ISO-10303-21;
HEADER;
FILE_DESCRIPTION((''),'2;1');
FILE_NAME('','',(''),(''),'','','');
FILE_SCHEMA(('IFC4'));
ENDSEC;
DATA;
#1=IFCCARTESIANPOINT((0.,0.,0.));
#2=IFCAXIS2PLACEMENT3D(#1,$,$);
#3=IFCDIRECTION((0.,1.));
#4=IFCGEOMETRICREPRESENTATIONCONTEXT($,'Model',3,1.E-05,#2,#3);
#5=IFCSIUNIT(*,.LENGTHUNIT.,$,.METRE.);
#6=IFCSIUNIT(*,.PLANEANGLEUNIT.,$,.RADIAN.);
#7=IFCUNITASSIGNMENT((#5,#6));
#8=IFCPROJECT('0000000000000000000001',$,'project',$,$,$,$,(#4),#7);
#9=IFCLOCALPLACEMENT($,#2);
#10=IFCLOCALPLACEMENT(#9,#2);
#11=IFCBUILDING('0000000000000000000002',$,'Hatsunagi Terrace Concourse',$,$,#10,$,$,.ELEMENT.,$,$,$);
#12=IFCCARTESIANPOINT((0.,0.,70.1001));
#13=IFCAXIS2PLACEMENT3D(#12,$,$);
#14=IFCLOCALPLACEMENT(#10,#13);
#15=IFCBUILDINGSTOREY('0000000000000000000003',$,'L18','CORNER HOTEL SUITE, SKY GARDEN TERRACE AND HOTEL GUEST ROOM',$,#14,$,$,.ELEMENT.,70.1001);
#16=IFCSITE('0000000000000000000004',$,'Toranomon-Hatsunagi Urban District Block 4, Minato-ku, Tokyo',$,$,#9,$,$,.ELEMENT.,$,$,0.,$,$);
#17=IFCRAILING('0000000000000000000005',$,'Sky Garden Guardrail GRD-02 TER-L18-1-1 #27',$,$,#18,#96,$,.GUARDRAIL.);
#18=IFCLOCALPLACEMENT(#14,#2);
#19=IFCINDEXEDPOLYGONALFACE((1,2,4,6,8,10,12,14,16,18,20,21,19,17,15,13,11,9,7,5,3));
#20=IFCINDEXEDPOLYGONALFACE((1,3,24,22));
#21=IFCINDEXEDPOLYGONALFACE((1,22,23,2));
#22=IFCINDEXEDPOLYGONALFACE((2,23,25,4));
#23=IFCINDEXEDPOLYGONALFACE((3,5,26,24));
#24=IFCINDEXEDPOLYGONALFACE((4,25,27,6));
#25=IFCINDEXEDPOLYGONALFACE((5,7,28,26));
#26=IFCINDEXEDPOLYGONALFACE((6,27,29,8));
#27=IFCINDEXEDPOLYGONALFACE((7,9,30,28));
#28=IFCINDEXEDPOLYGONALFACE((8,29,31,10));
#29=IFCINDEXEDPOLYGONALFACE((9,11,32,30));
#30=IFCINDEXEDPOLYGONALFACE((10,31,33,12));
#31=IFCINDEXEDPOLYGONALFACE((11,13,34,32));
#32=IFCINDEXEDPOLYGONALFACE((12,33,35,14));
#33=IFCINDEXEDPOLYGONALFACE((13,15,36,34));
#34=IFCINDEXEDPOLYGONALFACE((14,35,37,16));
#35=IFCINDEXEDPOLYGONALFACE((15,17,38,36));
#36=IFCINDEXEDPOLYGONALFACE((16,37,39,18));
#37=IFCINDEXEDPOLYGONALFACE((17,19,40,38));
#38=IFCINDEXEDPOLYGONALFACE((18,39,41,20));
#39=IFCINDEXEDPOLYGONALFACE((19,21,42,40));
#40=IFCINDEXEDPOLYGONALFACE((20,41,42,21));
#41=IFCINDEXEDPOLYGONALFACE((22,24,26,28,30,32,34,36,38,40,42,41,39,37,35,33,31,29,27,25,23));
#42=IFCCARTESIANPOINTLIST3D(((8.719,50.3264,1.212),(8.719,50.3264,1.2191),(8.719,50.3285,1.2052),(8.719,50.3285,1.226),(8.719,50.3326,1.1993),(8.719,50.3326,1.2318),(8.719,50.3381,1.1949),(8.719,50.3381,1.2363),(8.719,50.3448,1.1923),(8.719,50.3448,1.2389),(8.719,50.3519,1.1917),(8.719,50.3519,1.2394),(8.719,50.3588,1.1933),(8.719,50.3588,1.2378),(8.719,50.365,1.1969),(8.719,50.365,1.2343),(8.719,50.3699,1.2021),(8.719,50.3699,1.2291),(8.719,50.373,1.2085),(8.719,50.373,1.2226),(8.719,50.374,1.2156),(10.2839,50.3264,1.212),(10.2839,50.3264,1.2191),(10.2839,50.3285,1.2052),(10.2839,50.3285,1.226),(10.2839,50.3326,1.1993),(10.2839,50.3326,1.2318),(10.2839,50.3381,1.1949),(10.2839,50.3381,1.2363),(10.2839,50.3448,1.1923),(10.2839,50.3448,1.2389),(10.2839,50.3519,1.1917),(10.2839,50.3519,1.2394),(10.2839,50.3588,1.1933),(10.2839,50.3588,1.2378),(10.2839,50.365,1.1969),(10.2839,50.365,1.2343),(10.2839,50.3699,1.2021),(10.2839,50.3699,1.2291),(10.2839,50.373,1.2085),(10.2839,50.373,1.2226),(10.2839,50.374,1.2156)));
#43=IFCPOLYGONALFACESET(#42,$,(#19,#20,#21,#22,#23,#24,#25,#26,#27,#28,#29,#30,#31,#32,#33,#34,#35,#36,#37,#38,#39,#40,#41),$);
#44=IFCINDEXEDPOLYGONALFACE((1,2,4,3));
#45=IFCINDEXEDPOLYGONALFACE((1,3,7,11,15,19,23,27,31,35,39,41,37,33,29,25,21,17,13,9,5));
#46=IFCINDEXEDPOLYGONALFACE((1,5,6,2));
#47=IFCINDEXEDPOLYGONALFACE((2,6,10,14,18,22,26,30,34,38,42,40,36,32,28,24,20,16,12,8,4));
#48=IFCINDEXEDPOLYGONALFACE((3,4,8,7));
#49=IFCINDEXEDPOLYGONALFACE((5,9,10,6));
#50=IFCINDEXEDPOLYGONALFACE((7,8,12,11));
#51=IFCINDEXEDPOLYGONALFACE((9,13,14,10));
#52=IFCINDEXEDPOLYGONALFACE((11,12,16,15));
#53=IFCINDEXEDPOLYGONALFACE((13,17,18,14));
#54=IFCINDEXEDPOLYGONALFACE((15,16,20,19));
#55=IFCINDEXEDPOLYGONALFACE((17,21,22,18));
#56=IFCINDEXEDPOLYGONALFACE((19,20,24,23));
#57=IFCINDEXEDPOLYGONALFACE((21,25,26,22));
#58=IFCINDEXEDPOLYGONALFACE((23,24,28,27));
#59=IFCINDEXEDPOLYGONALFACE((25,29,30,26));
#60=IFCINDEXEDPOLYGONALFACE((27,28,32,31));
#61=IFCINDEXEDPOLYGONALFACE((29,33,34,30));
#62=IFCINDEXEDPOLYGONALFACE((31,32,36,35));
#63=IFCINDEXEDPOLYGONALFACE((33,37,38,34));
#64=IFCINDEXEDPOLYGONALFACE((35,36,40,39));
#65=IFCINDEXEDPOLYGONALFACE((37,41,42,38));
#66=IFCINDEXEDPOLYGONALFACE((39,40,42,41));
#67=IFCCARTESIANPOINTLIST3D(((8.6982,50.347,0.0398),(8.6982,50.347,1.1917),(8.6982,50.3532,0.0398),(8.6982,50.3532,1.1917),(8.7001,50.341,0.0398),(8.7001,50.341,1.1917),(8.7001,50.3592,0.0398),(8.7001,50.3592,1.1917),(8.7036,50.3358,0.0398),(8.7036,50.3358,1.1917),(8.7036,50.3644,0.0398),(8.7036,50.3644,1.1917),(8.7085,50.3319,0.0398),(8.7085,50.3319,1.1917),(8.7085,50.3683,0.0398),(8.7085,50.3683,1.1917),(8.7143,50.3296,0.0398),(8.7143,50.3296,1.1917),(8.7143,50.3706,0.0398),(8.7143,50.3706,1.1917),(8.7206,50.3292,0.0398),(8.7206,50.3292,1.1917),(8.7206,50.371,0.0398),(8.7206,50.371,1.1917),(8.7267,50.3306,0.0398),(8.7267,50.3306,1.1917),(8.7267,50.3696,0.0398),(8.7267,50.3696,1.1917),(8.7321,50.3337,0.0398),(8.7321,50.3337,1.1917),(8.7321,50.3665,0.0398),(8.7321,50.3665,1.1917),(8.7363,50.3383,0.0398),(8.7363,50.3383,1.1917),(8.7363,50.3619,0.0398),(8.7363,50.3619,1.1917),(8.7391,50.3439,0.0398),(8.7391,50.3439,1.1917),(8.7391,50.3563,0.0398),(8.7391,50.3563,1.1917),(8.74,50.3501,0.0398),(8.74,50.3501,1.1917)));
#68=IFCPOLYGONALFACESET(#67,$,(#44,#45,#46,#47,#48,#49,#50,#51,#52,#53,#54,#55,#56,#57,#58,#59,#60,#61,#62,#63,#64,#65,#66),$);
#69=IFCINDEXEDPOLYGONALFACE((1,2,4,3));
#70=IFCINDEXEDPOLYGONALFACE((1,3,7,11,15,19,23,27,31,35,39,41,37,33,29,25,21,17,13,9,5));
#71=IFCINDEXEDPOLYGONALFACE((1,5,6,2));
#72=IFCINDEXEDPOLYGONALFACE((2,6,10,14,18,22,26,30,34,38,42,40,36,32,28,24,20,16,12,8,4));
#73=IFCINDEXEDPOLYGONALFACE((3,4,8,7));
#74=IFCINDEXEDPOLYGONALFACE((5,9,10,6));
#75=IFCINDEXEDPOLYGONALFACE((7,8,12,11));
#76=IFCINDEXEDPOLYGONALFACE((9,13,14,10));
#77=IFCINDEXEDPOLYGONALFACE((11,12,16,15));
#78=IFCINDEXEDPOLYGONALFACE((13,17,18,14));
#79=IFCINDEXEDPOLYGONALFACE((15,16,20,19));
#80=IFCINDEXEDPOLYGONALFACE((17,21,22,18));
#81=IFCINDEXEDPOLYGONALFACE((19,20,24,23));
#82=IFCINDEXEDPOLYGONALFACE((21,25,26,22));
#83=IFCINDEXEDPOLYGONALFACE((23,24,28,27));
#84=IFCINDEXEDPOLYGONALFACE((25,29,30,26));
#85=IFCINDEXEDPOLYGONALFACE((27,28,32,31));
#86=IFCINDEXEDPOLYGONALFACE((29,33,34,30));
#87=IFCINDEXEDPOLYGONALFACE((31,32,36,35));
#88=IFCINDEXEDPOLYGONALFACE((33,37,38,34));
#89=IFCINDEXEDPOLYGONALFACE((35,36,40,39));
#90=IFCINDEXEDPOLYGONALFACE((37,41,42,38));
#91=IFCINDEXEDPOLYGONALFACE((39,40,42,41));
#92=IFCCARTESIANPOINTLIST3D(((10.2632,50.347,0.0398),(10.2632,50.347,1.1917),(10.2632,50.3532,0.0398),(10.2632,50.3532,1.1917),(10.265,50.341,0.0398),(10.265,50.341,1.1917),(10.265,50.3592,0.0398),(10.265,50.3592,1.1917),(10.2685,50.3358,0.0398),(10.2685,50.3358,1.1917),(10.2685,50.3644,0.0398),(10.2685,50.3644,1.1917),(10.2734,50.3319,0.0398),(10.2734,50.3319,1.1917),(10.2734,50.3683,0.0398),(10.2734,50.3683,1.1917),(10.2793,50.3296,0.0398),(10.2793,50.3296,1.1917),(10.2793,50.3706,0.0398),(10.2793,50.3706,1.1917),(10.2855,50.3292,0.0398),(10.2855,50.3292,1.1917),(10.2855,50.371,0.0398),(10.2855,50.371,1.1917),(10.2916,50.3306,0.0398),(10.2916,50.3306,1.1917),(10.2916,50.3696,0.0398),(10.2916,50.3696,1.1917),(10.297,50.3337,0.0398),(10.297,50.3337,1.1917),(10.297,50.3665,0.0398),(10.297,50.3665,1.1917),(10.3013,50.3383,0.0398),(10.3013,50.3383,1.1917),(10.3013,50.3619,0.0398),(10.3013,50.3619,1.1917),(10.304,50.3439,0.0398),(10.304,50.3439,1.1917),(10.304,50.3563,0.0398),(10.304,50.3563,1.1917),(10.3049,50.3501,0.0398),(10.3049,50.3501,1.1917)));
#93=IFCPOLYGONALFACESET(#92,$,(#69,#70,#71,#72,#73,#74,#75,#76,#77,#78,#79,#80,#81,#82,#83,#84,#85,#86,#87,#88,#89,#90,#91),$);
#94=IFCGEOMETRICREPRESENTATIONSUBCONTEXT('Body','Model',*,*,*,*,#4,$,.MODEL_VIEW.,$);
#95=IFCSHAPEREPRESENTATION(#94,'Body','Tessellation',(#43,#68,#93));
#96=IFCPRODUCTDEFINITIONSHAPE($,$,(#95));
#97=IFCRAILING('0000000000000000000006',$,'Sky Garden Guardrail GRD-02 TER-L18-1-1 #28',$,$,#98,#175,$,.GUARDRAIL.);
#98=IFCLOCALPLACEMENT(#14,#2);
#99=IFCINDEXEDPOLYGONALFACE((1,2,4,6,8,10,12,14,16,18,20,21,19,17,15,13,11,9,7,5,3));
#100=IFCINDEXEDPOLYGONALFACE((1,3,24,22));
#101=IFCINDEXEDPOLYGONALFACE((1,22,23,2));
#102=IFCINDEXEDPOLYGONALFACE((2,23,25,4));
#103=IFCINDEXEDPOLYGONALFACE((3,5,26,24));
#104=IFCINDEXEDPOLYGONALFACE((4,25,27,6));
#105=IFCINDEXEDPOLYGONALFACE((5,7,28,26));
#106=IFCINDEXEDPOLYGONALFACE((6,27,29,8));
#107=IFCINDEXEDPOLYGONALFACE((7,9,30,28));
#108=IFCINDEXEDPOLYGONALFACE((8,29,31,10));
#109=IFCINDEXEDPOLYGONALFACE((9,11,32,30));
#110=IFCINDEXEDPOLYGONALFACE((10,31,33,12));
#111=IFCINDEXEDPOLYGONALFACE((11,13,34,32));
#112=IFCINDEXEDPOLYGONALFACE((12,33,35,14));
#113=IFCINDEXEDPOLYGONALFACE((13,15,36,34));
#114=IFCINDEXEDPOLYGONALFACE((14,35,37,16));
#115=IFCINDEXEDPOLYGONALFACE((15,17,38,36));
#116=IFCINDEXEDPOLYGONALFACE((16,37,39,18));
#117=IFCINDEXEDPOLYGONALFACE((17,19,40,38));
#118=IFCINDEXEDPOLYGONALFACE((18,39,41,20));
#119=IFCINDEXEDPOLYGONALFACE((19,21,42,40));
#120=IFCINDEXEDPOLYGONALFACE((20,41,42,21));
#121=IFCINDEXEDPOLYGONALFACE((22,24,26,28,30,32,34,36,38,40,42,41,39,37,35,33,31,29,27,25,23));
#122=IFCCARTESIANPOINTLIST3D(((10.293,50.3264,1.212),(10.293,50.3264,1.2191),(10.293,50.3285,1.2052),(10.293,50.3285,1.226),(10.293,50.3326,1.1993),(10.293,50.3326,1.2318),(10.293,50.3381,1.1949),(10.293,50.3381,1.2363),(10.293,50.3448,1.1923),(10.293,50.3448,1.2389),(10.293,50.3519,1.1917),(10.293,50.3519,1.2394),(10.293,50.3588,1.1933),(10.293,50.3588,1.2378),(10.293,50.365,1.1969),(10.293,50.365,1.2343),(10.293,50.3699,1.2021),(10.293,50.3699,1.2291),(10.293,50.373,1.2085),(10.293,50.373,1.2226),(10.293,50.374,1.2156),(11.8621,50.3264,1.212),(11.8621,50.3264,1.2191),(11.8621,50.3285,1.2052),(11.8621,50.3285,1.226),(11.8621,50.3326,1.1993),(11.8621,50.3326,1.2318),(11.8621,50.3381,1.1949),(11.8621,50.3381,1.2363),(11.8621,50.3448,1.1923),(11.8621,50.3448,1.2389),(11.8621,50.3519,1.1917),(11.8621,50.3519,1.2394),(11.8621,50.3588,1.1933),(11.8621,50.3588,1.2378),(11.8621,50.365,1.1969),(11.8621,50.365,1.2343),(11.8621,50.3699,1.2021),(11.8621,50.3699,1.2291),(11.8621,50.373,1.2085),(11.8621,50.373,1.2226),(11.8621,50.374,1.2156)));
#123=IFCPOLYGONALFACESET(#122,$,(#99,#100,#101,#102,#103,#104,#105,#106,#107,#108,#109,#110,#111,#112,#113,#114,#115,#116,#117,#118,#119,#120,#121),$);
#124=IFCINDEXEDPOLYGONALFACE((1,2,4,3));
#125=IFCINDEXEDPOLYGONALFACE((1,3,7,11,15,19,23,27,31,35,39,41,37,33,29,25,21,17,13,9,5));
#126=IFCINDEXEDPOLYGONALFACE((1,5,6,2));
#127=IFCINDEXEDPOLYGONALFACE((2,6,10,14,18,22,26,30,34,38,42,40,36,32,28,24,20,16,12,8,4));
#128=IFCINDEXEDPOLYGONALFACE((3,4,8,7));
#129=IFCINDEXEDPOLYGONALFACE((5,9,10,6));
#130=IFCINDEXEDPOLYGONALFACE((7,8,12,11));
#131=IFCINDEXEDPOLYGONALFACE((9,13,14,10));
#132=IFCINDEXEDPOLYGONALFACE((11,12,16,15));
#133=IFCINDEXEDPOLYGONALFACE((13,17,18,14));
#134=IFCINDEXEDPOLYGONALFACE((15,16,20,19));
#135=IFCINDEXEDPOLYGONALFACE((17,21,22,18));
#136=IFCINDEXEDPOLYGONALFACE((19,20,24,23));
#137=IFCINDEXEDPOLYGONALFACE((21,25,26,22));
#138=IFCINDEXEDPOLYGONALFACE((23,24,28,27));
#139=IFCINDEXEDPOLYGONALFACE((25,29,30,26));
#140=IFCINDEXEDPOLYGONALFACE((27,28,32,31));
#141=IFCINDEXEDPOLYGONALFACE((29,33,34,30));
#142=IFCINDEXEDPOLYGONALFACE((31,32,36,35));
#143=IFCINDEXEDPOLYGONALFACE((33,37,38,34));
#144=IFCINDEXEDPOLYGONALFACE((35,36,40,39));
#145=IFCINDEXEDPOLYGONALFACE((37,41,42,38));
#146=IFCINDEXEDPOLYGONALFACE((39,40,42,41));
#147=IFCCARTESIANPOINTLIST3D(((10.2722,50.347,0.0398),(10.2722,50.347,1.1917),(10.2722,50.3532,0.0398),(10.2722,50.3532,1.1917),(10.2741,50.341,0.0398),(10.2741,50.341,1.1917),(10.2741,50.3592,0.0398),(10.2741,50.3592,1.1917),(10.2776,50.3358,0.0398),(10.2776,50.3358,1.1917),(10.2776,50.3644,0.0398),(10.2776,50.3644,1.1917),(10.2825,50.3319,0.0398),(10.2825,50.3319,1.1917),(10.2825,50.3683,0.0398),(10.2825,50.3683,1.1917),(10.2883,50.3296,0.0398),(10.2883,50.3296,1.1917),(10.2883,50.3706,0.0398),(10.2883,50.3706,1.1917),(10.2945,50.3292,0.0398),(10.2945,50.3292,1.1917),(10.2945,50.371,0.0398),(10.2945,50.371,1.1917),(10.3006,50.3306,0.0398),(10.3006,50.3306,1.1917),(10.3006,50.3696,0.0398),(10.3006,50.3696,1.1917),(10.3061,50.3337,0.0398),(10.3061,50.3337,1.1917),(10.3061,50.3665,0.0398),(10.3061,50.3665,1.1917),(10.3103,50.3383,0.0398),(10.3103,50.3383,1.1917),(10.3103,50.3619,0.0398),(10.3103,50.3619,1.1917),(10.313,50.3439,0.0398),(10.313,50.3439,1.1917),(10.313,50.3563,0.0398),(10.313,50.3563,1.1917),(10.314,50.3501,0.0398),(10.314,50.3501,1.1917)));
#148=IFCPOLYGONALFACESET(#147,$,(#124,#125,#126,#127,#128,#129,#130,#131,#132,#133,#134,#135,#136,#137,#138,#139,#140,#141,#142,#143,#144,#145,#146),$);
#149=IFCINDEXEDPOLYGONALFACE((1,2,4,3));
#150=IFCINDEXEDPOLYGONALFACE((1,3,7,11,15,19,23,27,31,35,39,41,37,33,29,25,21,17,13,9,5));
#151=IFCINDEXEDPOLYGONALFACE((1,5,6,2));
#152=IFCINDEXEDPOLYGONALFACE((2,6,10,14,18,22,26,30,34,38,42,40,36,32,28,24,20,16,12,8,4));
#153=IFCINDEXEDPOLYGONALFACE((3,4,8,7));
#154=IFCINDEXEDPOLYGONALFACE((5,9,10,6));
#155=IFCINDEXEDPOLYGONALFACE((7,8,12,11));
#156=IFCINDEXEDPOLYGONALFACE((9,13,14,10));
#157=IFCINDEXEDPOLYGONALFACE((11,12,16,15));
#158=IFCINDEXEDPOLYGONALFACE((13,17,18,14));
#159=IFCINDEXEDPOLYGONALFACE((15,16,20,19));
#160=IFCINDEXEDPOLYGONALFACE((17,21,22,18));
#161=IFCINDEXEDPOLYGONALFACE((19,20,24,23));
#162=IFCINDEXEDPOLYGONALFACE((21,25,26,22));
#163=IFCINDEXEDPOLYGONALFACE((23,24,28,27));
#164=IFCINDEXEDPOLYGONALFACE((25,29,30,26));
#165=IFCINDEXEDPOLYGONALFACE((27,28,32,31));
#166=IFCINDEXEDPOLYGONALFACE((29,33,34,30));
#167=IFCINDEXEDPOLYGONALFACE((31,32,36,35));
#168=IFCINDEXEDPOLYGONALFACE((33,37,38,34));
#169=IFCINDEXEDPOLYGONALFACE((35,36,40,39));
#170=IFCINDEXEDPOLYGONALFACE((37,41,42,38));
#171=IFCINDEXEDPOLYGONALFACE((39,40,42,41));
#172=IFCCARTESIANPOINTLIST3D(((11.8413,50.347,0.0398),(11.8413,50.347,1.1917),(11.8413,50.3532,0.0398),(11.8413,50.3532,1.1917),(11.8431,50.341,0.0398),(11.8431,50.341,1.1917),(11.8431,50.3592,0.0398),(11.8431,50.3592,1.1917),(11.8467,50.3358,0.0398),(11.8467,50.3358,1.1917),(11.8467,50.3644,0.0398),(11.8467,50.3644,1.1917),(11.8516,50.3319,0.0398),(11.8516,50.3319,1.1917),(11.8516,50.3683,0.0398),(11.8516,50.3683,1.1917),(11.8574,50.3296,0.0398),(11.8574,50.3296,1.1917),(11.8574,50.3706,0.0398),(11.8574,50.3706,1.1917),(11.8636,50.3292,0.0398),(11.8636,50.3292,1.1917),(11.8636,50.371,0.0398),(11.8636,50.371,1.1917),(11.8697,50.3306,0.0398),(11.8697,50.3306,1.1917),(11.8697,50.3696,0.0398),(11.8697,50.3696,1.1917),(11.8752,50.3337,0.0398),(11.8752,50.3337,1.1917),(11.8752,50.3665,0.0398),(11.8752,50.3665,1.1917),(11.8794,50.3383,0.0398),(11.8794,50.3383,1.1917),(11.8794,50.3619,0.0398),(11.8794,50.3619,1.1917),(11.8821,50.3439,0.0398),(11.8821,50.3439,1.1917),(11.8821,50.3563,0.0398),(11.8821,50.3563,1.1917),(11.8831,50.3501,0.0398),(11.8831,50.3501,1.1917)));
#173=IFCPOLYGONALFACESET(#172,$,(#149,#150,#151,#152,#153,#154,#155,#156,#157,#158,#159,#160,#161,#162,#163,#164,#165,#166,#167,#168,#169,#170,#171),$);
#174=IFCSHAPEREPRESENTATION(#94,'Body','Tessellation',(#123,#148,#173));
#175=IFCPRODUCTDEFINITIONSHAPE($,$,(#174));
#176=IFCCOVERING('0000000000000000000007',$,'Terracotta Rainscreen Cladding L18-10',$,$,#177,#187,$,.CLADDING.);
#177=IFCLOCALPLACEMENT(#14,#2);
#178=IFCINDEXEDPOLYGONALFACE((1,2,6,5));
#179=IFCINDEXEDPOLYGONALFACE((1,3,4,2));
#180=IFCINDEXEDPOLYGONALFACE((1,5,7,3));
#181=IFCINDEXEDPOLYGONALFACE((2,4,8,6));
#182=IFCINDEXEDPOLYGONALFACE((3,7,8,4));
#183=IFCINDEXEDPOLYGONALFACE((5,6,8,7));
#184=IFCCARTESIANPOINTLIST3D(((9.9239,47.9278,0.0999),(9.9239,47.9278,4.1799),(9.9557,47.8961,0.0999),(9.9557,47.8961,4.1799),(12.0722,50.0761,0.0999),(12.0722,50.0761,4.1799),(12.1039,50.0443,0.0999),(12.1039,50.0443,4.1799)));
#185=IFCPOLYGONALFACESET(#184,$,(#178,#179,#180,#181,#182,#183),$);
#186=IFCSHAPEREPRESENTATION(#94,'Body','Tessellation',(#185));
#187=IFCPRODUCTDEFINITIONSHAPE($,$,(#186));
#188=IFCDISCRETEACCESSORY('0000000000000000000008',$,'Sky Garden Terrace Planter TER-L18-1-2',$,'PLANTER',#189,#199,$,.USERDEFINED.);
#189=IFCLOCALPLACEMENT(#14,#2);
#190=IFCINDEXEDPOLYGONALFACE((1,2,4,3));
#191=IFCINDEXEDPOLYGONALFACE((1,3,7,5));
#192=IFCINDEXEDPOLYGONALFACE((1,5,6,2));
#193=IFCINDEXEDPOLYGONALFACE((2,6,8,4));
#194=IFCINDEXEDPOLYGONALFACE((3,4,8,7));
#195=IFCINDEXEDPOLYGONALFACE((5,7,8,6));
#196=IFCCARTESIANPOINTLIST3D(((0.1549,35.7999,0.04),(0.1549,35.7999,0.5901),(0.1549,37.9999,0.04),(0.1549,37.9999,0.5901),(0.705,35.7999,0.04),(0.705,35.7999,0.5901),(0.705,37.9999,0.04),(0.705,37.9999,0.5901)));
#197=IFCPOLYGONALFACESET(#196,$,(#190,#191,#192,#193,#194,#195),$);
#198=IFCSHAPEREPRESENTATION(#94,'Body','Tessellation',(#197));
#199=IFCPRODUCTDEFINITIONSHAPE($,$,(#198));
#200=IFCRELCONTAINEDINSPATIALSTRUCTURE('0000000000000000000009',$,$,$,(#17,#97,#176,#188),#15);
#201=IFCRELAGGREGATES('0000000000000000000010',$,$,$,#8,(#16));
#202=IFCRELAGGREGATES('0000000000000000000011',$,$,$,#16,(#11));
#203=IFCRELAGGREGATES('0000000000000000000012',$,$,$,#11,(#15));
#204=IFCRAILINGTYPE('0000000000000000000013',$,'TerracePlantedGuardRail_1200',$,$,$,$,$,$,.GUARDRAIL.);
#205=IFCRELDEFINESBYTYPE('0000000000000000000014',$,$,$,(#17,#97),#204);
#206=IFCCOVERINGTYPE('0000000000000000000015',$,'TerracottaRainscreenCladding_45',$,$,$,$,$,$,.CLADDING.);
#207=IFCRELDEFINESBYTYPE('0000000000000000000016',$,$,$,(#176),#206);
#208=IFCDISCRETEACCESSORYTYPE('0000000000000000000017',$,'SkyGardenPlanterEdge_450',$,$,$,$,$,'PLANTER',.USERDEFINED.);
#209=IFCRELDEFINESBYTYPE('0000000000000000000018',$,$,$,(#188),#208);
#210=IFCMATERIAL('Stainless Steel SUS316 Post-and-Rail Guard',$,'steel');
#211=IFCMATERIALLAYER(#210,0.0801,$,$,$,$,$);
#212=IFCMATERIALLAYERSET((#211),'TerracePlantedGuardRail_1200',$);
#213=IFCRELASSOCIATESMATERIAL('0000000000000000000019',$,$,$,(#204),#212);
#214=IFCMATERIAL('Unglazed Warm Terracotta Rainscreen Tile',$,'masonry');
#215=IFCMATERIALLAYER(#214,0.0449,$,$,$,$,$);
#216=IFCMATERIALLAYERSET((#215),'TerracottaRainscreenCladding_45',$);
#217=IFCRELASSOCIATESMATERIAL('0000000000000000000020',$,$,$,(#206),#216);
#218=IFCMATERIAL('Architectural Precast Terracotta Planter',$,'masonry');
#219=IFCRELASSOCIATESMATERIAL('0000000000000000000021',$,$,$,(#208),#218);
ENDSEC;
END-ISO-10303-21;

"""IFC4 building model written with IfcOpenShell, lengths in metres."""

from ifc_helpers import new_model, si_unit, direction, frame, origin, origin_2d, place, context, subcontext, project, spatial, rectangle, circle, extrude, material, layer, layer_set, type_object, element, save


model = new_model("IFC4")

# Units and contexts
model_context = context("Model", 3, precision=1e-05, world=origin(), true_north=direction((0.0, 1.0)))
body_context = subcontext(model_context, "Body", "Model", "MODEL_VIEW")
ifc_project = project(units=[si_unit("LENGTHUNIT", "METRE"), si_unit("PLANEANGLEUNIT", "RADIAN")], contexts=[model_context])

# Site, building, storey
site_placement = place(None, origin())
site = spatial("IfcSite", under=ifc_project, at=site_placement, Name="Toranomon-Hatsunagi Urban District Block 4, Minato-ku, Tokyo", CompositionType="ELEMENT", RefElevation=0.0)
building_placement = place(site_placement, origin())
building = spatial("IfcBuilding", under=site, at=building_placement, Name="Hatsunagi Terrace Concourse", CompositionType="ELEMENT")
storey_placement = place(building_placement, frame((0.0, 0.0, 70.1001)))
storey = spatial("IfcBuildingStorey", under=building, at=storey_placement, Name="L18", Description="CORNER HOTEL SUITE, SKY GARDEN TERRACE AND HOTEL GUEST ROOM", CompositionType="ELEMENT", Elevation=70.1001)

# Railings
ifc_material_1 = material(Name="Stainless Steel SUS316 Post-and-Rail Guard", Category="steel")
ifc_layer_1 = layer(ifc_material_1, 0.0801)
ifc_layer_set_1 = layer_set([ifc_layer_1], Name="TerracePlantedGuardRail_1200")
railing_type = type_object("IfcRailingType", Name="TerracePlantedGuardRail_1200", PredefinedType="GUARDRAIL", material=ifc_layer_set_1)
for number, where, name in (
    (1, (8.719, 50.3501, 0.0398), "Sky Garden Guardrail GRD-02 TER-L18-1-1 #27"),
):
    element("IfcRailing", number, at=place(storey_placement, frame(where)), inside=storey, type_object=railing_type, Name=name, PredefinedType="GUARDRAIL", context=body_context, shape_type="SweptSolid", body=[
        extrude(circle(Radius=0.0239, at=origin_2d()), frame((0.0, 0.0, 1.1758), z_axis=(1.0, 0.0, 0.0), x_axis=(0.0, 1.0, 0.0)), (0.0, 0.0, 1.0), 1.5649),
        extrude(circle(Radius=0.021, at=origin_2d()), origin(), (0.0, 0.0, 1.0), 1.1519),
        extrude(circle(Radius=0.021, at=origin_2d()), frame((1.5649, 0.0, 0.0)), (0.0, 0.0, 1.0), 1.1519),
    ])
railing_1_placement = place(storey_placement, frame((10.293, 50.3501, 0.0398)))
element("IfcRailing", 2, at=railing_1_placement, inside=storey, type_object=railing_type, Name="Sky Garden Guardrail GRD-02 TER-L18-1-1 #28", PredefinedType="GUARDRAIL", context=body_context, shape_type="SweptSolid", body=[
    extrude(circle(Radius=0.0239, at=origin_2d()), frame((0.0, 0.0, 1.1758), z_axis=(1.0, 0.0, 0.0), x_axis=(0.0, 1.0, 0.0)), (0.0, 0.0, 1.0), 1.5691),
    extrude(circle(Radius=0.021, at=origin_2d()), origin(), (0.0, 0.0, 1.0), 1.1519),
    extrude(circle(Radius=0.021, at=origin_2d()), frame((1.5691, 0.0, 0.0)), (0.0, 0.0, 1.0), 1.1519),
])

# Covering
ifc_material_2 = material(Name="Unglazed Warm Terracotta Rainscreen Tile", Category="masonry")
ifc_layer_2 = layer(ifc_material_2, 0.0449)
ifc_layer_set_2 = layer_set([ifc_layer_2], Name="TerracottaRainscreenCladding_45")
covering_type = type_object("IfcCoveringType", Name="TerracottaRainscreenCladding_45", PredefinedType="CLADDING", material=ifc_layer_set_2)
covering_placement = place(storey_placement, frame((11.0139, 48.9861, 0.0999), z_axis=(0.0, 0.0, 1.0), x_axis=(0.707107, 0.707107, 0.0)))
element("IfcCovering", 3, at=covering_placement, inside=storey, type_object=covering_type, Name="Terracotta Rainscreen Cladding L18-10", PredefinedType="CLADDING", context=body_context, shape_type="SweptSolid", body=[
    extrude(rectangle(XDim=3.0381, YDim=0.0449, at=origin_2d()), origin(), (0.0, 0.0, 1.0), 4.0801),
])

# Discrete accessory
ifc_material_3 = material(Name="Architectural Precast Terracotta Planter", Category="masonry")
discrete_accessory_type = type_object("IfcDiscreteAccessoryType", Name="SkyGardenPlanterEdge_450", ElementType="PLANTER", PredefinedType="USERDEFINED", material=ifc_material_3)
for number, where, z_axis, x_axis, name in (
    (4, (0.4299, 36.8999, 0.04), (0.0, 0.0, 1.0), (0.0, 1.0, 0.0), "Sky Garden Terrace Planter TER-L18-1-2"),
):
    element("IfcDiscreteAccessory", number, at=place(storey_placement, frame(where, z_axis=z_axis, x_axis=x_axis)), inside=storey, type_object=discrete_accessory_type, Name=name, ObjectType="PLANTER", PredefinedType="USERDEFINED", context=body_context, shape_type="SweptSolid", body=[
        extrude(rectangle(XDim=2.2, YDim=0.55, at=origin_2d()), origin(), (0.0, 0.0, 1.0), 0.55),
    ])

save(model, "model.ifc")
